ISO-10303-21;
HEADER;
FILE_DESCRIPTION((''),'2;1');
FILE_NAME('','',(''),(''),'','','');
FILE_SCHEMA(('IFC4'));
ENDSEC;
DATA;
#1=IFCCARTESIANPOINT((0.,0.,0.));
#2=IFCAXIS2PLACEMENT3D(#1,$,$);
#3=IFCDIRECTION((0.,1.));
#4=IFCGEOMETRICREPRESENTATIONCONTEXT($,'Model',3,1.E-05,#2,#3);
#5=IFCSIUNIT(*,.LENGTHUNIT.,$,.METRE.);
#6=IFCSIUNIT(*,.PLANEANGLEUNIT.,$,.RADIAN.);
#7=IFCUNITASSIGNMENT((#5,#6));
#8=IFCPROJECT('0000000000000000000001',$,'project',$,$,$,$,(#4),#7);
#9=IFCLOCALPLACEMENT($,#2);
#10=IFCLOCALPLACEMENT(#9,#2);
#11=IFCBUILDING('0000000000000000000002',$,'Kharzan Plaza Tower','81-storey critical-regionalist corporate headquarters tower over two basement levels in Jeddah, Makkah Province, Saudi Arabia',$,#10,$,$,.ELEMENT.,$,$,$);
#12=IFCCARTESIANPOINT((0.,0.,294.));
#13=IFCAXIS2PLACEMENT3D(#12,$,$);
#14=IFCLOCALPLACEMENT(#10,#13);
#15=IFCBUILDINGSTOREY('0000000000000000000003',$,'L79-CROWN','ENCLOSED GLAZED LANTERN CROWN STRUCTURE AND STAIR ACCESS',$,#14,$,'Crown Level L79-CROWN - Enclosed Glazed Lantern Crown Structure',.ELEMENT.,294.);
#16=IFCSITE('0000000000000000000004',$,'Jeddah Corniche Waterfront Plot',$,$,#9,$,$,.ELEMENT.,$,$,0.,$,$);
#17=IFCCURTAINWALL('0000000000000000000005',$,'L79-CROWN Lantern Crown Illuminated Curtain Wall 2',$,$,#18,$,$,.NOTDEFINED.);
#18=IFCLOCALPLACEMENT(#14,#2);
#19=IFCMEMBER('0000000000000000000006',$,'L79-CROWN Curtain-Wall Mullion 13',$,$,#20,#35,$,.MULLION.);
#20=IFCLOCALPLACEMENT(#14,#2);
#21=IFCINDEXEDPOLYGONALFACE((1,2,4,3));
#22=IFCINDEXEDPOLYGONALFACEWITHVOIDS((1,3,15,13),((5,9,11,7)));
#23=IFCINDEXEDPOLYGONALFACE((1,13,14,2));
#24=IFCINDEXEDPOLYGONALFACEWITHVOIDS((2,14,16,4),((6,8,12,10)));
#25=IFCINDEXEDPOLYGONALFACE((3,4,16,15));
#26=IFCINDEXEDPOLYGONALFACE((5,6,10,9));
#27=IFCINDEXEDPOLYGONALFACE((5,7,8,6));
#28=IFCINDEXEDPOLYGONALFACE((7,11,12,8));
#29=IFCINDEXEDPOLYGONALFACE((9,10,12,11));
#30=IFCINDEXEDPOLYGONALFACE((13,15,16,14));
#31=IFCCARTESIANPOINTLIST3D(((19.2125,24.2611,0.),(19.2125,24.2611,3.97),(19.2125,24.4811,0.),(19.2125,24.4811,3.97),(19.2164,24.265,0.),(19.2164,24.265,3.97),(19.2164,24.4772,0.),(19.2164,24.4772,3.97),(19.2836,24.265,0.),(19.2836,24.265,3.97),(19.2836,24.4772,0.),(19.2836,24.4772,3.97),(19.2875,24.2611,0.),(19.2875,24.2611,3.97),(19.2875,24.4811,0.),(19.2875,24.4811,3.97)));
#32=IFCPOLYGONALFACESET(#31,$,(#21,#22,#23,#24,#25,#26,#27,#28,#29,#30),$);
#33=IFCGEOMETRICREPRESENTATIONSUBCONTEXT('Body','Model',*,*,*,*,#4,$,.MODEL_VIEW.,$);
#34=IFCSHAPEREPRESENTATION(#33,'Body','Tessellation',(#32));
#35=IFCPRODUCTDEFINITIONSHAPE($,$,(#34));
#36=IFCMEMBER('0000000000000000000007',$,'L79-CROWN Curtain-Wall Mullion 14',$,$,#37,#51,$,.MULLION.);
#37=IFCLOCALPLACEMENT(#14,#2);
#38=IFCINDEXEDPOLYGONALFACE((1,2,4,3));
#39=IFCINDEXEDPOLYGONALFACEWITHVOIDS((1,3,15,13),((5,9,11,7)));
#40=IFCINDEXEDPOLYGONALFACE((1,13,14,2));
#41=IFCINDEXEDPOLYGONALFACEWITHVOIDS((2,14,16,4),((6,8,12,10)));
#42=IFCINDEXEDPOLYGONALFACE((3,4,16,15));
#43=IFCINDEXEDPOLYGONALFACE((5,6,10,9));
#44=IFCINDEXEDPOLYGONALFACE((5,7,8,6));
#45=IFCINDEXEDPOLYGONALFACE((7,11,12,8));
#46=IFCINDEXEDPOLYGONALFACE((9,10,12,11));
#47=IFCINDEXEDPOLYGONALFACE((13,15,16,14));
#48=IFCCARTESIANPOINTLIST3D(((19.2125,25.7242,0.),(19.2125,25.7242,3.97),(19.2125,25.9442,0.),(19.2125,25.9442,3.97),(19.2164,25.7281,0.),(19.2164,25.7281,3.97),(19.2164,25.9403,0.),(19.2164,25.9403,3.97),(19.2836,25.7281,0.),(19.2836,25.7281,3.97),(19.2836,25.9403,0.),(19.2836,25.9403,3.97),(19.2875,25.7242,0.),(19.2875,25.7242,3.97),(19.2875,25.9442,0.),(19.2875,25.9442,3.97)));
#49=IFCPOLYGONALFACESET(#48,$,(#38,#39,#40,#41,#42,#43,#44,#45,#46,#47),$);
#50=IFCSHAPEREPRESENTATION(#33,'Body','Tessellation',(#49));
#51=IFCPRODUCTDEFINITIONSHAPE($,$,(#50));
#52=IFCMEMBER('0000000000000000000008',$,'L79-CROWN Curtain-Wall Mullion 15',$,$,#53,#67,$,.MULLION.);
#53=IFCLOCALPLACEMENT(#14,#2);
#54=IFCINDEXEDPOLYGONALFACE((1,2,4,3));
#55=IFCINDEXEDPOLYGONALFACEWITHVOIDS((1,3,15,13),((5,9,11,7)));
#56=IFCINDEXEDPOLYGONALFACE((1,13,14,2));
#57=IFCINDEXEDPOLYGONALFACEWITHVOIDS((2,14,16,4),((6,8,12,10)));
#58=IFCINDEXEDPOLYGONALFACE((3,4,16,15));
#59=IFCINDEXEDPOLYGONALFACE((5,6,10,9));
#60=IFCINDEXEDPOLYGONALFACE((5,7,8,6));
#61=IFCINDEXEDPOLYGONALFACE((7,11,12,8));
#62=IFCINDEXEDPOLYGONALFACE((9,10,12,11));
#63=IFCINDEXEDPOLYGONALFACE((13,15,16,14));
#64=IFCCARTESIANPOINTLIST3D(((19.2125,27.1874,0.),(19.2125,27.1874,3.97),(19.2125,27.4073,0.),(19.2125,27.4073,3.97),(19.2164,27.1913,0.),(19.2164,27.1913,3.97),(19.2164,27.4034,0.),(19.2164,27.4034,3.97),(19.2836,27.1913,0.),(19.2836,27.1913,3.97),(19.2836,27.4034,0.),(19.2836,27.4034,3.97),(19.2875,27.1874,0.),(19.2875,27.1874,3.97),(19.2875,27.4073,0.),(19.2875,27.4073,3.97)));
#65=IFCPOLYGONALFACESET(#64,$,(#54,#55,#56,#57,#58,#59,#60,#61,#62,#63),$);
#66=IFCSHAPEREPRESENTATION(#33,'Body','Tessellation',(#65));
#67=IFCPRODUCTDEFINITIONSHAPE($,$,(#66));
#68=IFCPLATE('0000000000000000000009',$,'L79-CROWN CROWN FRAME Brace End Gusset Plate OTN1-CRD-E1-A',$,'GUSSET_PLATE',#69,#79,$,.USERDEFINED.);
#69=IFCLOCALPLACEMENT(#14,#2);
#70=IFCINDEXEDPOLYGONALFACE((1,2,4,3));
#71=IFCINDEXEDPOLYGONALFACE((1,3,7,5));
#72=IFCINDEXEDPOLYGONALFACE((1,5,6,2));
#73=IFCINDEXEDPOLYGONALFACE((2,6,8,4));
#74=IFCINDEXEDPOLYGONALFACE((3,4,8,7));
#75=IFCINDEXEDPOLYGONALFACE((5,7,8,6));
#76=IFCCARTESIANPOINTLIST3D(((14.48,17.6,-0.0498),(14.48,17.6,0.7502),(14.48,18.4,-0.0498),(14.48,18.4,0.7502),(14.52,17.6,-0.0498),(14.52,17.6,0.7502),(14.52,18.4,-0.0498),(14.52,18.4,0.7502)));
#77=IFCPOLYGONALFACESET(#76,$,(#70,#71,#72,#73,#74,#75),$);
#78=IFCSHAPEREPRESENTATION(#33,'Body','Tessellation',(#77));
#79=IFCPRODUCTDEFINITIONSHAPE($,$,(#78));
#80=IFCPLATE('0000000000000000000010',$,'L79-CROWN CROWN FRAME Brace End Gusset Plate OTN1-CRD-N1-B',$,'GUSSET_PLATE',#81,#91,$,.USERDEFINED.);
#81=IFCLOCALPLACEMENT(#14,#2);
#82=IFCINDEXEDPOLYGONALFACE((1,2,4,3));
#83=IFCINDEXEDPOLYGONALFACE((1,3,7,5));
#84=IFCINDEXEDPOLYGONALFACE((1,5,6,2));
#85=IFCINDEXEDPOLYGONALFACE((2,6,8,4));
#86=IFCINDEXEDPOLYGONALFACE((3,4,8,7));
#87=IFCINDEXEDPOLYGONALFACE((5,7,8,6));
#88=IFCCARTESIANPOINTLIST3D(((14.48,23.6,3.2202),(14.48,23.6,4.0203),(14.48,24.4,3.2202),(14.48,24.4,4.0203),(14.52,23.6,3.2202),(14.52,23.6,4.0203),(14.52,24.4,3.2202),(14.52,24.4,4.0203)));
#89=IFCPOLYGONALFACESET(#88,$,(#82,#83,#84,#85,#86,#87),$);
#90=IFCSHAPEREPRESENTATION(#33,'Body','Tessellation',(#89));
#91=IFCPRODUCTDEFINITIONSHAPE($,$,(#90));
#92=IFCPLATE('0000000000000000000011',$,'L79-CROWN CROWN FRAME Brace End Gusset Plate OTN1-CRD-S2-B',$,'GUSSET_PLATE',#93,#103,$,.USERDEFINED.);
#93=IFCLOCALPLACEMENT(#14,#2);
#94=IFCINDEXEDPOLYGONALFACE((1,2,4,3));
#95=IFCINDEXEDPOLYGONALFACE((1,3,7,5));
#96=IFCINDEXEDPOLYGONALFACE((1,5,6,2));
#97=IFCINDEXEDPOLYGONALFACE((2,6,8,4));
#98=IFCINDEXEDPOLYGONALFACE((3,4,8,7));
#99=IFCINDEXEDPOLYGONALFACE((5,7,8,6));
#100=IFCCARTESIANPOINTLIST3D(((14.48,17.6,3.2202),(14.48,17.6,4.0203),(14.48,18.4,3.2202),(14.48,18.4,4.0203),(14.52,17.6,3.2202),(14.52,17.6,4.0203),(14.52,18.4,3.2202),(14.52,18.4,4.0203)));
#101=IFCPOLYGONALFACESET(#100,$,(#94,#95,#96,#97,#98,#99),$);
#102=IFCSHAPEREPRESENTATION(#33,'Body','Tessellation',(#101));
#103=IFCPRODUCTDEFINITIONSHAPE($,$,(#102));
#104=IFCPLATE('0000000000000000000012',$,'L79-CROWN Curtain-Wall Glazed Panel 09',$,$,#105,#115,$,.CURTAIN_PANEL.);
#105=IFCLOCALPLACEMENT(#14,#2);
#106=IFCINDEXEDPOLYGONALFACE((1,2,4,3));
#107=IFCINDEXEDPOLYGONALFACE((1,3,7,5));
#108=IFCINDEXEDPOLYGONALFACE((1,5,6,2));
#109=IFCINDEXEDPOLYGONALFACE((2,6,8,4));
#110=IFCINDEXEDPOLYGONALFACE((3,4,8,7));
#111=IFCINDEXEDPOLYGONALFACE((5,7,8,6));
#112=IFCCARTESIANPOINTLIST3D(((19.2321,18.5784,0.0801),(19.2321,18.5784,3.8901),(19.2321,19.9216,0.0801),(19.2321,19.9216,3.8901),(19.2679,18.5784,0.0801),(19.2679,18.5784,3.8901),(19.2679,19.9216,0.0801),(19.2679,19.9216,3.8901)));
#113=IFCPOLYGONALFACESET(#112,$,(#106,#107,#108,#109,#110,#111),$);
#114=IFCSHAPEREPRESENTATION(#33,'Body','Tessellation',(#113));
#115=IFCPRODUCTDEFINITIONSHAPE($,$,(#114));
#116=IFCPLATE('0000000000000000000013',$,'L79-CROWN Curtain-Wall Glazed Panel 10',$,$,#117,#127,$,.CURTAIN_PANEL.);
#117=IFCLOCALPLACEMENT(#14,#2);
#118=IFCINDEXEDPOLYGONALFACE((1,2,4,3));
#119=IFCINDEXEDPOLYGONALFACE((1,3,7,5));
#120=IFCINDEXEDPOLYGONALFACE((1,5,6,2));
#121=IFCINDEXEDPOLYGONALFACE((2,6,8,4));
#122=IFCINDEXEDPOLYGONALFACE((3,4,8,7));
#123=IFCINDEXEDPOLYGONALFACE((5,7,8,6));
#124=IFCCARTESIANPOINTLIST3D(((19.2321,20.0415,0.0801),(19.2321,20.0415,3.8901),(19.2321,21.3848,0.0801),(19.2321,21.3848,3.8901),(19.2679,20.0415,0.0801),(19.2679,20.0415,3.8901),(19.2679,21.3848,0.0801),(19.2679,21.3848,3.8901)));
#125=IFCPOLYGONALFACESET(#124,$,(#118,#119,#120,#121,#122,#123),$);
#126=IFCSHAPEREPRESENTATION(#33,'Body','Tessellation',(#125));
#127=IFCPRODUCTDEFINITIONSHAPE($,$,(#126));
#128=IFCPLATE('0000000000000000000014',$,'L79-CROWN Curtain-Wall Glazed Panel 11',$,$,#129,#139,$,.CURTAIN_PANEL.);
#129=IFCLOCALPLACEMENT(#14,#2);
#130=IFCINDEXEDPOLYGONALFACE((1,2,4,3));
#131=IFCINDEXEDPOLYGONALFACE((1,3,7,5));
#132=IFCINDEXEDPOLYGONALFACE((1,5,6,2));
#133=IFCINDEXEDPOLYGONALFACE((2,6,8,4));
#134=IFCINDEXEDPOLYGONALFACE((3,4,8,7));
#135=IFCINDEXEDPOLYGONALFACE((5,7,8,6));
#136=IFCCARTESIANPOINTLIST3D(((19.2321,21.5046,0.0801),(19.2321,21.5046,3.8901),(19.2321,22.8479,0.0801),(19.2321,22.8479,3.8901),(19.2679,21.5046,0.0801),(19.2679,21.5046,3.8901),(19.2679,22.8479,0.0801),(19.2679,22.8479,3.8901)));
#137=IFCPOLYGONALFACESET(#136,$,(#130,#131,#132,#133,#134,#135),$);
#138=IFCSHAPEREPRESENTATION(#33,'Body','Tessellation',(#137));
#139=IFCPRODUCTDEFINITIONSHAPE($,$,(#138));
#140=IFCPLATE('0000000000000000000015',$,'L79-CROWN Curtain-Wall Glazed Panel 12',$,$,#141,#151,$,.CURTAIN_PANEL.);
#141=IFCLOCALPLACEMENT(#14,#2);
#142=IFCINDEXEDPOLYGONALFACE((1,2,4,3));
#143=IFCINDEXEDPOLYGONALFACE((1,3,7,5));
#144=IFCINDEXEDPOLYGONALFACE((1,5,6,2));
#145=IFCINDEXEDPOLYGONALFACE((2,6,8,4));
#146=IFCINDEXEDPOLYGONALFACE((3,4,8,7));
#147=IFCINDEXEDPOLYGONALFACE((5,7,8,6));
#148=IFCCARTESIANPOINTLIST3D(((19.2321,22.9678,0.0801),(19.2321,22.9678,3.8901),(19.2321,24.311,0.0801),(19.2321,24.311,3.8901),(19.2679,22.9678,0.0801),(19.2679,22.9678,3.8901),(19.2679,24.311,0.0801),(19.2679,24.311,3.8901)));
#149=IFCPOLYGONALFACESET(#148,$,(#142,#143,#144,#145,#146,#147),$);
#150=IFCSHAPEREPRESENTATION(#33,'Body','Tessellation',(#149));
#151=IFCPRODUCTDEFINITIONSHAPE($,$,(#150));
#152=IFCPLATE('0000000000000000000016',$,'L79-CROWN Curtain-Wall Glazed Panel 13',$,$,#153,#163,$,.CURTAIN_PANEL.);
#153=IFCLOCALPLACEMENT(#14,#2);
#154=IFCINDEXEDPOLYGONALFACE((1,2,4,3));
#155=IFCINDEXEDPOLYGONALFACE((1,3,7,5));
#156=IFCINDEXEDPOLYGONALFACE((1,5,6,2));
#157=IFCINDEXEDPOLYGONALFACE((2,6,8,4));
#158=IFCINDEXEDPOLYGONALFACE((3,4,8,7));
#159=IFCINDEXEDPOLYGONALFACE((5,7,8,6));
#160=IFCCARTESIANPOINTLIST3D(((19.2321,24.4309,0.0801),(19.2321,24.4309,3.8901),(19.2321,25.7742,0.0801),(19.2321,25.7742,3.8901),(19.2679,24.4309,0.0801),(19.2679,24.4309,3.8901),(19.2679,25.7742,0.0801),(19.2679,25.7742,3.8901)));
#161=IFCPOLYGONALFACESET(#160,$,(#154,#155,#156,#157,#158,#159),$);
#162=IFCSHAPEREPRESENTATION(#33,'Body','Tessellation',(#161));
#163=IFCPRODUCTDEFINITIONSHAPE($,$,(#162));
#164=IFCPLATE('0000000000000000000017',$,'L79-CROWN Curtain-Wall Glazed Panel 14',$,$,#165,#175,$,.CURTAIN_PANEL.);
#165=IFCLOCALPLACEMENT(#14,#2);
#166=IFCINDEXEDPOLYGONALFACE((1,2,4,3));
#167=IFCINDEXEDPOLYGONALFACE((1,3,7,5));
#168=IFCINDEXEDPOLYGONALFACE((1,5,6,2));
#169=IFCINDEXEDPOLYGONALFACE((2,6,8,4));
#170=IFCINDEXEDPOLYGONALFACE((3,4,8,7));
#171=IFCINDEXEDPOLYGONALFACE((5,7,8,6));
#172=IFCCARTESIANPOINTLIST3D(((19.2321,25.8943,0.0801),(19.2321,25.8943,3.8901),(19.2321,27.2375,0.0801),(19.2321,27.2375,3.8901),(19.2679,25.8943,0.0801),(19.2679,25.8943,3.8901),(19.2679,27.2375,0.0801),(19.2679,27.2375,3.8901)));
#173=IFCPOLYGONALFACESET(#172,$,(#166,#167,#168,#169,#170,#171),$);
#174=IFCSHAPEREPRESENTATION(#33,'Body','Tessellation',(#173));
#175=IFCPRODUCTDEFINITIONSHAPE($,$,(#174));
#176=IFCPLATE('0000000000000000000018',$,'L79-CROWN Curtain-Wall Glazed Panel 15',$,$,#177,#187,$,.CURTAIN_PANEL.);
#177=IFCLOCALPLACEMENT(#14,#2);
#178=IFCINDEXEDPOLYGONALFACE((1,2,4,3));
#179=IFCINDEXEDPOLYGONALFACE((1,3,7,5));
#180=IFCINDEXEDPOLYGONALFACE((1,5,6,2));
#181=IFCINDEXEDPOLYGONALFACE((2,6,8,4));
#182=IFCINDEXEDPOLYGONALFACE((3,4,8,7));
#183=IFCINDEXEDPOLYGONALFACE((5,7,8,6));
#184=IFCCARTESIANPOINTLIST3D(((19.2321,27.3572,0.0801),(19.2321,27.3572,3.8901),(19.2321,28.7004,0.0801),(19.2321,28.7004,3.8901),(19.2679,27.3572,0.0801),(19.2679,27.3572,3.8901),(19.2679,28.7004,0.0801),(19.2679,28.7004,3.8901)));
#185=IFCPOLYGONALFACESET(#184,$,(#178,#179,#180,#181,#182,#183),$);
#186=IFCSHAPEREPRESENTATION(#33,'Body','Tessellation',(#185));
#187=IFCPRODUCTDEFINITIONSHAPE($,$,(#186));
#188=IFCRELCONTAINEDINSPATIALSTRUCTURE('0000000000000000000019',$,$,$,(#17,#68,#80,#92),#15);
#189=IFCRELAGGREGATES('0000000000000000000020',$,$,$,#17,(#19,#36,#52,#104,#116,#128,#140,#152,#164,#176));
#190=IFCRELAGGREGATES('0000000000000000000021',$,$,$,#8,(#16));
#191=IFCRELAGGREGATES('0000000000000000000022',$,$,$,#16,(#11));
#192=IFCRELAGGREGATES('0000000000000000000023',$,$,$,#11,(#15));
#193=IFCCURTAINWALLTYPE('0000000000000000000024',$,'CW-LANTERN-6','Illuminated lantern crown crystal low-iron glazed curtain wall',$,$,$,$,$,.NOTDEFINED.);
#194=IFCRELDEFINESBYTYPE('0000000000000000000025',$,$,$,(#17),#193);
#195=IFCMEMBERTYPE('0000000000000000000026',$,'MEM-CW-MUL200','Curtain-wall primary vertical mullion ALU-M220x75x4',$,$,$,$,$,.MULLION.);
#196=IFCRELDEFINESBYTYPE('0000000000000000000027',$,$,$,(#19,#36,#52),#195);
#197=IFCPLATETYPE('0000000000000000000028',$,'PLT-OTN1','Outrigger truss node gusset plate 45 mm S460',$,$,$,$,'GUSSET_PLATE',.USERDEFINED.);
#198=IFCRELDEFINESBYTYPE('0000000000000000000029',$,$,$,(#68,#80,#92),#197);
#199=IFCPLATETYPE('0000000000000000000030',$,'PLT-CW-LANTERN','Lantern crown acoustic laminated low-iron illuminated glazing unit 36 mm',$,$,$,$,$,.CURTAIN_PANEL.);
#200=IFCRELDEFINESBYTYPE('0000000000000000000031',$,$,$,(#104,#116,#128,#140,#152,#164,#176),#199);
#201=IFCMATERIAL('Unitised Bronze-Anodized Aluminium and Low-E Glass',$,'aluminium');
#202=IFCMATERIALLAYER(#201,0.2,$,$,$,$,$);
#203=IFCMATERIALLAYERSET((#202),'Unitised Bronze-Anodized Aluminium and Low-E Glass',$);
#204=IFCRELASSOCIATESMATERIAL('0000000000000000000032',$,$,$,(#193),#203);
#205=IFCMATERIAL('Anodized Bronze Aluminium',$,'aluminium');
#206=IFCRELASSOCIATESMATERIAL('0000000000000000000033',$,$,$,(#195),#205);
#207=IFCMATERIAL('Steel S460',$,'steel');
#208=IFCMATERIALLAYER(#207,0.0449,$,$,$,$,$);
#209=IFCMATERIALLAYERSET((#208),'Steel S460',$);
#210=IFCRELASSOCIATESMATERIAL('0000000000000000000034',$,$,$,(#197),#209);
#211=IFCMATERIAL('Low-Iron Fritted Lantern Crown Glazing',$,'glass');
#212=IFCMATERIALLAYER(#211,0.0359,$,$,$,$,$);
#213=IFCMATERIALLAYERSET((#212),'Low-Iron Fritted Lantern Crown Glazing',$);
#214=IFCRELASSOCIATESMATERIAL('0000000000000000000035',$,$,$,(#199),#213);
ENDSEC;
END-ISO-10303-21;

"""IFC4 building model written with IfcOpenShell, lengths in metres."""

from ifc_helpers import new_model, si_unit, direction, frame, origin, origin_2d, place, context, subcontext, project, spatial, rectangle, hollow_rectangle, extrude, source, transform, mapped, material, layer, layer_set, material_profile, profile_set, type_object, element, aggregate, save


model = new_model("IFC4")

# Units and contexts
model_context = context("Model", 3, precision=1e-05, world=origin(), true_north=direction((0.0, 1.0)))
body_context = subcontext(model_context, "Body", "Model", "MODEL_VIEW")
ifc_project = project(units=[si_unit("LENGTHUNIT", "METRE"), si_unit("PLANEANGLEUNIT", "RADIAN")], contexts=[model_context])

# Site, building, storey
site_placement = place(None, origin())
site = spatial("IfcSite", under=ifc_project, at=site_placement, Name="Jeddah Corniche Waterfront Plot", CompositionType="ELEMENT", RefElevation=0.0)
building_placement = place(site_placement, origin())
building = spatial("IfcBuilding", under=site, at=building_placement, Name="Kharzan Plaza Tower", Description="81-storey critical-regionalist corporate headquarters tower over two basement levels in Jeddah, Makkah Province, Saudi Arabia", CompositionType="ELEMENT")
storey_placement = place(building_placement, frame((0.0, 0.0, 294.0)))
storey = spatial("IfcBuildingStorey", under=building, at=storey_placement, Name="L79-CROWN", Description="ENCLOSED GLAZED LANTERN CROWN STRUCTURE AND STAIR ACCESS", LongName="Crown Level L79-CROWN - Enclosed Glazed Lantern Crown Structure", CompositionType="ELEMENT", Elevation=294.0)

# Curtain wall, members
ifc_material_1 = material(Name="Unitised Bronze-Anodized Aluminium and Low-E Glass", Category="aluminium")
ifc_layer_1 = layer(ifc_material_1, 0.2)
ifc_layer_set_1 = layer_set([ifc_layer_1], Name="Unitised Bronze-Anodized Aluminium and Low-E Glass")
curtain_wall_type = type_object("IfcCurtainWallType", Name="CW-LANTERN-6", Description="Illuminated lantern crown crystal low-iron glazed curtain wall", PredefinedType="NOTDEFINED", material=ifc_layer_set_1)
curtain_wall_placement = place(storey_placement, origin())
curtain_wall = element("IfcCurtainWall", 1, at=curtain_wall_placement, inside=storey, type_object=curtain_wall_type, Name="L79-CROWN Lantern Crown Illuminated Curtain Wall 2", PredefinedType="NOTDEFINED")
ifc_material_2 = material(Name="Anodized Bronze Aluminium", Category="aluminium")
ifc_material_profile_1 = material_profile(ifc_material_2, hollow_rectangle(XDim=0.075, YDim=0.22, WallThickness=0.0039, at=origin_2d()), Name="ALU-M220x75x4")
ifc_profile_set_1 = profile_set([ifc_material_profile_1], Name="Anodized Bronze Aluminium")
member_type_1 = type_object("IfcMemberType", Name="MEM-CW-MUL200", Description="Curtain-wall primary vertical mullion ALU-M220x75x4", PredefinedType="MULLION", material=ifc_profile_set_1)
shared_shape_1 = source(origin(), body_context, "Body", "SweptSolid", [
    extrude(hollow_rectangle(XDim=0.075, YDim=0.22, WallThickness=0.0039, at=origin_2d()), origin(), (0.0, 0.0, 1.0), 3.97),
])
member_1_placement = place(storey_placement, frame((19.25, 24.3711, 0.0), z_axis=(0.0, 0.0, 1.0), x_axis=(1.0, 0.0, 0.0)))
member_1 = element("IfcMember", 2, at=member_1_placement, type_object=member_type_1, Name="L79-CROWN Curtain-Wall Mullion 13", PredefinedType="MULLION", context=body_context, shape_type="MappedRepresentation", body=[
    mapped(shared_shape_1, transform((0.0, 0.0, 0.0), x_axis=(1.0, 0.0, 0.0), y_axis=(0.0, 1.0, 0.0), z_axis=(0.0, 0.0, 1.0))),
])
member_2_placement = place(storey_placement, frame((19.25, 25.8342, 0.0), z_axis=(0.0, 0.0, 1.0), x_axis=(1.0, 0.0, 0.0)))
member_2 = element("IfcMember", 3, at=member_2_placement, type_object=member_type_1, Name="L79-CROWN Curtain-Wall Mullion 14", PredefinedType="MULLION", context=body_context, shape_type="MappedRepresentation", body=[
    mapped(shared_shape_1, transform((0.0, 0.0, 0.0), x_axis=(1.0, 0.0, 0.0), y_axis=(0.0, 1.0, 0.0), z_axis=(0.0, 0.0, 1.0))),
])
member_3_placement = place(storey_placement, frame((19.25, 27.2974, 0.0), z_axis=(0.0, 0.0, 1.0), x_axis=(1.0, 0.0, 0.0)))
member_3 = element("IfcMember", 4, at=member_3_placement, type_object=member_type_1, Name="L79-CROWN Curtain-Wall Mullion 15", PredefinedType="MULLION", context=body_context, shape_type="MappedRepresentation", body=[
    mapped(shared_shape_1, transform((0.0, 0.0, 0.0), x_axis=(1.0, 0.0, 0.0), y_axis=(0.0, 1.0, 0.0), z_axis=(0.0, 0.0, 1.0))),
])

# Plates
ifc_material_3 = material(Name="Steel S460", Category="steel")
ifc_layer_2 = layer(ifc_material_3, 0.0449)
ifc_layer_set_2 = layer_set([ifc_layer_2], Name="Steel S460")
plate_type_1 = type_object("IfcPlateType", Name="PLT-OTN1", Description="Outrigger truss node gusset plate 45 mm S460", ElementType="GUSSET_PLATE", PredefinedType="USERDEFINED", material=ifc_layer_set_2)
shared_shape_2 = source(origin(), body_context, "Body", "SweptSolid", [
    extrude(rectangle(XDim=0.8, YDim=0.04, at=origin_2d()), origin(), (0.0, 0.0, 1.0), 0.8),
])
for number, where, z_axis, x_axis, name in (
    (5, (14.5, 18.0, -0.0498), (0.0, 0.0, 1.0), (0.0, 1.0, 0.0), "L79-CROWN CROWN FRAME Brace End Gusset Plate OTN1-CRD-E1-A"),
    (6, (14.5, 24.0, 3.2202), (0.0, 0.0, 1.0), (0.0, -1.0, 0.0), "L79-CROWN CROWN FRAME Brace End Gusset Plate OTN1-CRD-N1-B"),
    (7, (14.5, 18.0, 3.2202), (0.0, 0.0, 1.0), (0.0, 1.0, 0.0), "L79-CROWN CROWN FRAME Brace End Gusset Plate OTN1-CRD-S2-B"),
):
    element("IfcPlate", number, at=place(storey_placement, frame(where, z_axis=z_axis, x_axis=x_axis)), inside=storey, type_object=plate_type_1, Name=name, ObjectType="GUSSET_PLATE", PredefinedType="USERDEFINED", context=body_context, shape_type="MappedRepresentation", body=[
        mapped(shared_shape_2, transform((0.0, 0.0, 0.0), x_axis=(1.0, 0.0, 0.0), y_axis=(0.0, 1.0, 0.0), z_axis=(0.0, 0.0, 1.0))),
    ])

# Plates
ifc_material_4 = material(Name="Low-Iron Fritted Lantern Crown Glazing", Category="glass")
ifc_layer_3 = layer(ifc_material_4, 0.0359)
ifc_layer_set_3 = layer_set([ifc_layer_3], Name="Low-Iron Fritted Lantern Crown Glazing")
plate_type_2 = type_object("IfcPlateType", Name="PLT-CW-LANTERN", Description="Lantern crown acoustic laminated low-iron illuminated glazing unit 36 mm", PredefinedType="CURTAIN_PANEL", material=ifc_layer_set_3)
shared_shape_3 = source(origin(), body_context, "Body", "SweptSolid", [
    extrude(rectangle(XDim=1.3433, YDim=0.0359, at=origin_2d()), origin(), (0.0, 0.0, 1.0), 3.8101),
])
plate_1_placement = place(storey_placement, frame((19.25, 19.25, 0.0801), z_axis=(0.0, 0.0, 1.0), x_axis=(0.0, 1.0, 0.0)))
plate_1 = element("IfcPlate", 8, at=plate_1_placement, type_object=plate_type_2, Name="L79-CROWN Curtain-Wall Glazed Panel 09", PredefinedType="CURTAIN_PANEL", context=body_context, shape_type="MappedRepresentation", body=[
    mapped(shared_shape_3, transform((0.0, 0.0, 0.0), x_axis=(1.0, 0.0, 0.0), y_axis=(0.0, 1.0, 0.0), z_axis=(0.0, 0.0, 1.0))),
])
plate_2_placement = place(storey_placement, frame((19.25, 20.7131, 0.0801), z_axis=(0.0, 0.0, 1.0), x_axis=(0.0, 1.0, 0.0)))
plate_2 = element("IfcPlate", 9, at=plate_2_placement, type_object=plate_type_2, Name="L79-CROWN Curtain-Wall Glazed Panel 10", PredefinedType="CURTAIN_PANEL", context=body_context, shape_type="MappedRepresentation", body=[
    mapped(shared_shape_3, transform((0.0, 0.0, 0.0), x_axis=(1.0, 0.0, 0.0), y_axis=(0.0, 1.0, 0.0), z_axis=(0.0, 0.0, 1.0))),
])
plate_3_placement = place(storey_placement, frame((19.25, 22.1763, 0.0801), z_axis=(0.0, 0.0, 1.0), x_axis=(0.0, 1.0, 0.0)))
plate_3 = element("IfcPlate", 10, at=plate_3_placement, type_object=plate_type_2, Name="L79-CROWN Curtain-Wall Glazed Panel 11", PredefinedType="CURTAIN_PANEL", context=body_context, shape_type="MappedRepresentation", body=[
    mapped(shared_shape_3, transform((0.0, 0.0, 0.0), x_axis=(1.0, 0.0, 0.0), y_axis=(0.0, 1.0, 0.0), z_axis=(0.0, 0.0, 1.0))),
])
plate_4_placement = place(storey_placement, frame((19.25, 23.6394, 0.0801), z_axis=(0.0, 0.0, 1.0), x_axis=(0.0, 1.0, 0.0)))
plate_4 = element("IfcPlate", 11, at=plate_4_placement, type_object=plate_type_2, Name="L79-CROWN Curtain-Wall Glazed Panel 12", PredefinedType="CURTAIN_PANEL", context=body_context, shape_type="MappedRepresentation", body=[
    mapped(shared_shape_3, transform((0.0, 0.0, 0.0), x_axis=(1.0, 0.0, 0.0), y_axis=(0.0, 1.0, 0.0), z_axis=(0.0, 0.0, 1.0))),
])
plate_5_placement = place(storey_placement, frame((19.25, 25.1025, 0.0801), z_axis=(0.0, 0.0, 1.0), x_axis=(0.0, 1.0, 0.0)))
plate_5 = element("IfcPlate", 12, at=plate_5_placement, type_object=plate_type_2, Name="L79-CROWN Curtain-Wall Glazed Panel 13", PredefinedType="CURTAIN_PANEL", context=body_context, shape_type="MappedRepresentation", body=[
    mapped(shared_shape_3, transform((0.0, 0.0, 0.0), x_axis=(1.0, 0.0, 0.0), y_axis=(0.0, 1.0, 0.0), z_axis=(0.0, 0.0, 1.0))),
])
plate_6_placement = place(storey_placement, frame((19.25, 26.5659, 0.0801), z_axis=(0.0, 0.0, 1.0), x_axis=(0.0, 1.0, 0.0)))
plate_6 = element("IfcPlate", 13, at=plate_6_placement, type_object=plate_type_2, Name="L79-CROWN Curtain-Wall Glazed Panel 14", PredefinedType="CURTAIN_PANEL", context=body_context, shape_type="MappedRepresentation", body=[
    mapped(shared_shape_3, transform((0.0, 0.0, 0.0), x_axis=(1.0, 0.0, 0.0), y_axis=(0.0, 1.0, 0.0), z_axis=(0.0, 0.0, 1.0))),
])
plate_7_placement = place(storey_placement, frame((19.25, 28.0288, 0.0801), z_axis=(0.0, 0.0, 1.0), x_axis=(0.0, 1.0, 0.0)))
plate_7 = element("IfcPlate", 14, at=plate_7_placement, type_object=plate_type_2, Name="L79-CROWN Curtain-Wall Glazed Panel 15", PredefinedType="CURTAIN_PANEL", context=body_context, shape_type="MappedRepresentation", body=[
    mapped(shared_shape_3, transform((0.0, 0.0, 0.0), x_axis=(1.0, 0.0, 0.0), y_axis=(0.0, 1.0, 0.0), z_axis=(0.0, 0.0, 1.0))),
])
aggregate(curtain_wall, [member_1, member_2, member_3, plate_1, plate_2, plate_3, plate_4, plate_5, plate_6, plate_7])

save(model, "model.ifc")
